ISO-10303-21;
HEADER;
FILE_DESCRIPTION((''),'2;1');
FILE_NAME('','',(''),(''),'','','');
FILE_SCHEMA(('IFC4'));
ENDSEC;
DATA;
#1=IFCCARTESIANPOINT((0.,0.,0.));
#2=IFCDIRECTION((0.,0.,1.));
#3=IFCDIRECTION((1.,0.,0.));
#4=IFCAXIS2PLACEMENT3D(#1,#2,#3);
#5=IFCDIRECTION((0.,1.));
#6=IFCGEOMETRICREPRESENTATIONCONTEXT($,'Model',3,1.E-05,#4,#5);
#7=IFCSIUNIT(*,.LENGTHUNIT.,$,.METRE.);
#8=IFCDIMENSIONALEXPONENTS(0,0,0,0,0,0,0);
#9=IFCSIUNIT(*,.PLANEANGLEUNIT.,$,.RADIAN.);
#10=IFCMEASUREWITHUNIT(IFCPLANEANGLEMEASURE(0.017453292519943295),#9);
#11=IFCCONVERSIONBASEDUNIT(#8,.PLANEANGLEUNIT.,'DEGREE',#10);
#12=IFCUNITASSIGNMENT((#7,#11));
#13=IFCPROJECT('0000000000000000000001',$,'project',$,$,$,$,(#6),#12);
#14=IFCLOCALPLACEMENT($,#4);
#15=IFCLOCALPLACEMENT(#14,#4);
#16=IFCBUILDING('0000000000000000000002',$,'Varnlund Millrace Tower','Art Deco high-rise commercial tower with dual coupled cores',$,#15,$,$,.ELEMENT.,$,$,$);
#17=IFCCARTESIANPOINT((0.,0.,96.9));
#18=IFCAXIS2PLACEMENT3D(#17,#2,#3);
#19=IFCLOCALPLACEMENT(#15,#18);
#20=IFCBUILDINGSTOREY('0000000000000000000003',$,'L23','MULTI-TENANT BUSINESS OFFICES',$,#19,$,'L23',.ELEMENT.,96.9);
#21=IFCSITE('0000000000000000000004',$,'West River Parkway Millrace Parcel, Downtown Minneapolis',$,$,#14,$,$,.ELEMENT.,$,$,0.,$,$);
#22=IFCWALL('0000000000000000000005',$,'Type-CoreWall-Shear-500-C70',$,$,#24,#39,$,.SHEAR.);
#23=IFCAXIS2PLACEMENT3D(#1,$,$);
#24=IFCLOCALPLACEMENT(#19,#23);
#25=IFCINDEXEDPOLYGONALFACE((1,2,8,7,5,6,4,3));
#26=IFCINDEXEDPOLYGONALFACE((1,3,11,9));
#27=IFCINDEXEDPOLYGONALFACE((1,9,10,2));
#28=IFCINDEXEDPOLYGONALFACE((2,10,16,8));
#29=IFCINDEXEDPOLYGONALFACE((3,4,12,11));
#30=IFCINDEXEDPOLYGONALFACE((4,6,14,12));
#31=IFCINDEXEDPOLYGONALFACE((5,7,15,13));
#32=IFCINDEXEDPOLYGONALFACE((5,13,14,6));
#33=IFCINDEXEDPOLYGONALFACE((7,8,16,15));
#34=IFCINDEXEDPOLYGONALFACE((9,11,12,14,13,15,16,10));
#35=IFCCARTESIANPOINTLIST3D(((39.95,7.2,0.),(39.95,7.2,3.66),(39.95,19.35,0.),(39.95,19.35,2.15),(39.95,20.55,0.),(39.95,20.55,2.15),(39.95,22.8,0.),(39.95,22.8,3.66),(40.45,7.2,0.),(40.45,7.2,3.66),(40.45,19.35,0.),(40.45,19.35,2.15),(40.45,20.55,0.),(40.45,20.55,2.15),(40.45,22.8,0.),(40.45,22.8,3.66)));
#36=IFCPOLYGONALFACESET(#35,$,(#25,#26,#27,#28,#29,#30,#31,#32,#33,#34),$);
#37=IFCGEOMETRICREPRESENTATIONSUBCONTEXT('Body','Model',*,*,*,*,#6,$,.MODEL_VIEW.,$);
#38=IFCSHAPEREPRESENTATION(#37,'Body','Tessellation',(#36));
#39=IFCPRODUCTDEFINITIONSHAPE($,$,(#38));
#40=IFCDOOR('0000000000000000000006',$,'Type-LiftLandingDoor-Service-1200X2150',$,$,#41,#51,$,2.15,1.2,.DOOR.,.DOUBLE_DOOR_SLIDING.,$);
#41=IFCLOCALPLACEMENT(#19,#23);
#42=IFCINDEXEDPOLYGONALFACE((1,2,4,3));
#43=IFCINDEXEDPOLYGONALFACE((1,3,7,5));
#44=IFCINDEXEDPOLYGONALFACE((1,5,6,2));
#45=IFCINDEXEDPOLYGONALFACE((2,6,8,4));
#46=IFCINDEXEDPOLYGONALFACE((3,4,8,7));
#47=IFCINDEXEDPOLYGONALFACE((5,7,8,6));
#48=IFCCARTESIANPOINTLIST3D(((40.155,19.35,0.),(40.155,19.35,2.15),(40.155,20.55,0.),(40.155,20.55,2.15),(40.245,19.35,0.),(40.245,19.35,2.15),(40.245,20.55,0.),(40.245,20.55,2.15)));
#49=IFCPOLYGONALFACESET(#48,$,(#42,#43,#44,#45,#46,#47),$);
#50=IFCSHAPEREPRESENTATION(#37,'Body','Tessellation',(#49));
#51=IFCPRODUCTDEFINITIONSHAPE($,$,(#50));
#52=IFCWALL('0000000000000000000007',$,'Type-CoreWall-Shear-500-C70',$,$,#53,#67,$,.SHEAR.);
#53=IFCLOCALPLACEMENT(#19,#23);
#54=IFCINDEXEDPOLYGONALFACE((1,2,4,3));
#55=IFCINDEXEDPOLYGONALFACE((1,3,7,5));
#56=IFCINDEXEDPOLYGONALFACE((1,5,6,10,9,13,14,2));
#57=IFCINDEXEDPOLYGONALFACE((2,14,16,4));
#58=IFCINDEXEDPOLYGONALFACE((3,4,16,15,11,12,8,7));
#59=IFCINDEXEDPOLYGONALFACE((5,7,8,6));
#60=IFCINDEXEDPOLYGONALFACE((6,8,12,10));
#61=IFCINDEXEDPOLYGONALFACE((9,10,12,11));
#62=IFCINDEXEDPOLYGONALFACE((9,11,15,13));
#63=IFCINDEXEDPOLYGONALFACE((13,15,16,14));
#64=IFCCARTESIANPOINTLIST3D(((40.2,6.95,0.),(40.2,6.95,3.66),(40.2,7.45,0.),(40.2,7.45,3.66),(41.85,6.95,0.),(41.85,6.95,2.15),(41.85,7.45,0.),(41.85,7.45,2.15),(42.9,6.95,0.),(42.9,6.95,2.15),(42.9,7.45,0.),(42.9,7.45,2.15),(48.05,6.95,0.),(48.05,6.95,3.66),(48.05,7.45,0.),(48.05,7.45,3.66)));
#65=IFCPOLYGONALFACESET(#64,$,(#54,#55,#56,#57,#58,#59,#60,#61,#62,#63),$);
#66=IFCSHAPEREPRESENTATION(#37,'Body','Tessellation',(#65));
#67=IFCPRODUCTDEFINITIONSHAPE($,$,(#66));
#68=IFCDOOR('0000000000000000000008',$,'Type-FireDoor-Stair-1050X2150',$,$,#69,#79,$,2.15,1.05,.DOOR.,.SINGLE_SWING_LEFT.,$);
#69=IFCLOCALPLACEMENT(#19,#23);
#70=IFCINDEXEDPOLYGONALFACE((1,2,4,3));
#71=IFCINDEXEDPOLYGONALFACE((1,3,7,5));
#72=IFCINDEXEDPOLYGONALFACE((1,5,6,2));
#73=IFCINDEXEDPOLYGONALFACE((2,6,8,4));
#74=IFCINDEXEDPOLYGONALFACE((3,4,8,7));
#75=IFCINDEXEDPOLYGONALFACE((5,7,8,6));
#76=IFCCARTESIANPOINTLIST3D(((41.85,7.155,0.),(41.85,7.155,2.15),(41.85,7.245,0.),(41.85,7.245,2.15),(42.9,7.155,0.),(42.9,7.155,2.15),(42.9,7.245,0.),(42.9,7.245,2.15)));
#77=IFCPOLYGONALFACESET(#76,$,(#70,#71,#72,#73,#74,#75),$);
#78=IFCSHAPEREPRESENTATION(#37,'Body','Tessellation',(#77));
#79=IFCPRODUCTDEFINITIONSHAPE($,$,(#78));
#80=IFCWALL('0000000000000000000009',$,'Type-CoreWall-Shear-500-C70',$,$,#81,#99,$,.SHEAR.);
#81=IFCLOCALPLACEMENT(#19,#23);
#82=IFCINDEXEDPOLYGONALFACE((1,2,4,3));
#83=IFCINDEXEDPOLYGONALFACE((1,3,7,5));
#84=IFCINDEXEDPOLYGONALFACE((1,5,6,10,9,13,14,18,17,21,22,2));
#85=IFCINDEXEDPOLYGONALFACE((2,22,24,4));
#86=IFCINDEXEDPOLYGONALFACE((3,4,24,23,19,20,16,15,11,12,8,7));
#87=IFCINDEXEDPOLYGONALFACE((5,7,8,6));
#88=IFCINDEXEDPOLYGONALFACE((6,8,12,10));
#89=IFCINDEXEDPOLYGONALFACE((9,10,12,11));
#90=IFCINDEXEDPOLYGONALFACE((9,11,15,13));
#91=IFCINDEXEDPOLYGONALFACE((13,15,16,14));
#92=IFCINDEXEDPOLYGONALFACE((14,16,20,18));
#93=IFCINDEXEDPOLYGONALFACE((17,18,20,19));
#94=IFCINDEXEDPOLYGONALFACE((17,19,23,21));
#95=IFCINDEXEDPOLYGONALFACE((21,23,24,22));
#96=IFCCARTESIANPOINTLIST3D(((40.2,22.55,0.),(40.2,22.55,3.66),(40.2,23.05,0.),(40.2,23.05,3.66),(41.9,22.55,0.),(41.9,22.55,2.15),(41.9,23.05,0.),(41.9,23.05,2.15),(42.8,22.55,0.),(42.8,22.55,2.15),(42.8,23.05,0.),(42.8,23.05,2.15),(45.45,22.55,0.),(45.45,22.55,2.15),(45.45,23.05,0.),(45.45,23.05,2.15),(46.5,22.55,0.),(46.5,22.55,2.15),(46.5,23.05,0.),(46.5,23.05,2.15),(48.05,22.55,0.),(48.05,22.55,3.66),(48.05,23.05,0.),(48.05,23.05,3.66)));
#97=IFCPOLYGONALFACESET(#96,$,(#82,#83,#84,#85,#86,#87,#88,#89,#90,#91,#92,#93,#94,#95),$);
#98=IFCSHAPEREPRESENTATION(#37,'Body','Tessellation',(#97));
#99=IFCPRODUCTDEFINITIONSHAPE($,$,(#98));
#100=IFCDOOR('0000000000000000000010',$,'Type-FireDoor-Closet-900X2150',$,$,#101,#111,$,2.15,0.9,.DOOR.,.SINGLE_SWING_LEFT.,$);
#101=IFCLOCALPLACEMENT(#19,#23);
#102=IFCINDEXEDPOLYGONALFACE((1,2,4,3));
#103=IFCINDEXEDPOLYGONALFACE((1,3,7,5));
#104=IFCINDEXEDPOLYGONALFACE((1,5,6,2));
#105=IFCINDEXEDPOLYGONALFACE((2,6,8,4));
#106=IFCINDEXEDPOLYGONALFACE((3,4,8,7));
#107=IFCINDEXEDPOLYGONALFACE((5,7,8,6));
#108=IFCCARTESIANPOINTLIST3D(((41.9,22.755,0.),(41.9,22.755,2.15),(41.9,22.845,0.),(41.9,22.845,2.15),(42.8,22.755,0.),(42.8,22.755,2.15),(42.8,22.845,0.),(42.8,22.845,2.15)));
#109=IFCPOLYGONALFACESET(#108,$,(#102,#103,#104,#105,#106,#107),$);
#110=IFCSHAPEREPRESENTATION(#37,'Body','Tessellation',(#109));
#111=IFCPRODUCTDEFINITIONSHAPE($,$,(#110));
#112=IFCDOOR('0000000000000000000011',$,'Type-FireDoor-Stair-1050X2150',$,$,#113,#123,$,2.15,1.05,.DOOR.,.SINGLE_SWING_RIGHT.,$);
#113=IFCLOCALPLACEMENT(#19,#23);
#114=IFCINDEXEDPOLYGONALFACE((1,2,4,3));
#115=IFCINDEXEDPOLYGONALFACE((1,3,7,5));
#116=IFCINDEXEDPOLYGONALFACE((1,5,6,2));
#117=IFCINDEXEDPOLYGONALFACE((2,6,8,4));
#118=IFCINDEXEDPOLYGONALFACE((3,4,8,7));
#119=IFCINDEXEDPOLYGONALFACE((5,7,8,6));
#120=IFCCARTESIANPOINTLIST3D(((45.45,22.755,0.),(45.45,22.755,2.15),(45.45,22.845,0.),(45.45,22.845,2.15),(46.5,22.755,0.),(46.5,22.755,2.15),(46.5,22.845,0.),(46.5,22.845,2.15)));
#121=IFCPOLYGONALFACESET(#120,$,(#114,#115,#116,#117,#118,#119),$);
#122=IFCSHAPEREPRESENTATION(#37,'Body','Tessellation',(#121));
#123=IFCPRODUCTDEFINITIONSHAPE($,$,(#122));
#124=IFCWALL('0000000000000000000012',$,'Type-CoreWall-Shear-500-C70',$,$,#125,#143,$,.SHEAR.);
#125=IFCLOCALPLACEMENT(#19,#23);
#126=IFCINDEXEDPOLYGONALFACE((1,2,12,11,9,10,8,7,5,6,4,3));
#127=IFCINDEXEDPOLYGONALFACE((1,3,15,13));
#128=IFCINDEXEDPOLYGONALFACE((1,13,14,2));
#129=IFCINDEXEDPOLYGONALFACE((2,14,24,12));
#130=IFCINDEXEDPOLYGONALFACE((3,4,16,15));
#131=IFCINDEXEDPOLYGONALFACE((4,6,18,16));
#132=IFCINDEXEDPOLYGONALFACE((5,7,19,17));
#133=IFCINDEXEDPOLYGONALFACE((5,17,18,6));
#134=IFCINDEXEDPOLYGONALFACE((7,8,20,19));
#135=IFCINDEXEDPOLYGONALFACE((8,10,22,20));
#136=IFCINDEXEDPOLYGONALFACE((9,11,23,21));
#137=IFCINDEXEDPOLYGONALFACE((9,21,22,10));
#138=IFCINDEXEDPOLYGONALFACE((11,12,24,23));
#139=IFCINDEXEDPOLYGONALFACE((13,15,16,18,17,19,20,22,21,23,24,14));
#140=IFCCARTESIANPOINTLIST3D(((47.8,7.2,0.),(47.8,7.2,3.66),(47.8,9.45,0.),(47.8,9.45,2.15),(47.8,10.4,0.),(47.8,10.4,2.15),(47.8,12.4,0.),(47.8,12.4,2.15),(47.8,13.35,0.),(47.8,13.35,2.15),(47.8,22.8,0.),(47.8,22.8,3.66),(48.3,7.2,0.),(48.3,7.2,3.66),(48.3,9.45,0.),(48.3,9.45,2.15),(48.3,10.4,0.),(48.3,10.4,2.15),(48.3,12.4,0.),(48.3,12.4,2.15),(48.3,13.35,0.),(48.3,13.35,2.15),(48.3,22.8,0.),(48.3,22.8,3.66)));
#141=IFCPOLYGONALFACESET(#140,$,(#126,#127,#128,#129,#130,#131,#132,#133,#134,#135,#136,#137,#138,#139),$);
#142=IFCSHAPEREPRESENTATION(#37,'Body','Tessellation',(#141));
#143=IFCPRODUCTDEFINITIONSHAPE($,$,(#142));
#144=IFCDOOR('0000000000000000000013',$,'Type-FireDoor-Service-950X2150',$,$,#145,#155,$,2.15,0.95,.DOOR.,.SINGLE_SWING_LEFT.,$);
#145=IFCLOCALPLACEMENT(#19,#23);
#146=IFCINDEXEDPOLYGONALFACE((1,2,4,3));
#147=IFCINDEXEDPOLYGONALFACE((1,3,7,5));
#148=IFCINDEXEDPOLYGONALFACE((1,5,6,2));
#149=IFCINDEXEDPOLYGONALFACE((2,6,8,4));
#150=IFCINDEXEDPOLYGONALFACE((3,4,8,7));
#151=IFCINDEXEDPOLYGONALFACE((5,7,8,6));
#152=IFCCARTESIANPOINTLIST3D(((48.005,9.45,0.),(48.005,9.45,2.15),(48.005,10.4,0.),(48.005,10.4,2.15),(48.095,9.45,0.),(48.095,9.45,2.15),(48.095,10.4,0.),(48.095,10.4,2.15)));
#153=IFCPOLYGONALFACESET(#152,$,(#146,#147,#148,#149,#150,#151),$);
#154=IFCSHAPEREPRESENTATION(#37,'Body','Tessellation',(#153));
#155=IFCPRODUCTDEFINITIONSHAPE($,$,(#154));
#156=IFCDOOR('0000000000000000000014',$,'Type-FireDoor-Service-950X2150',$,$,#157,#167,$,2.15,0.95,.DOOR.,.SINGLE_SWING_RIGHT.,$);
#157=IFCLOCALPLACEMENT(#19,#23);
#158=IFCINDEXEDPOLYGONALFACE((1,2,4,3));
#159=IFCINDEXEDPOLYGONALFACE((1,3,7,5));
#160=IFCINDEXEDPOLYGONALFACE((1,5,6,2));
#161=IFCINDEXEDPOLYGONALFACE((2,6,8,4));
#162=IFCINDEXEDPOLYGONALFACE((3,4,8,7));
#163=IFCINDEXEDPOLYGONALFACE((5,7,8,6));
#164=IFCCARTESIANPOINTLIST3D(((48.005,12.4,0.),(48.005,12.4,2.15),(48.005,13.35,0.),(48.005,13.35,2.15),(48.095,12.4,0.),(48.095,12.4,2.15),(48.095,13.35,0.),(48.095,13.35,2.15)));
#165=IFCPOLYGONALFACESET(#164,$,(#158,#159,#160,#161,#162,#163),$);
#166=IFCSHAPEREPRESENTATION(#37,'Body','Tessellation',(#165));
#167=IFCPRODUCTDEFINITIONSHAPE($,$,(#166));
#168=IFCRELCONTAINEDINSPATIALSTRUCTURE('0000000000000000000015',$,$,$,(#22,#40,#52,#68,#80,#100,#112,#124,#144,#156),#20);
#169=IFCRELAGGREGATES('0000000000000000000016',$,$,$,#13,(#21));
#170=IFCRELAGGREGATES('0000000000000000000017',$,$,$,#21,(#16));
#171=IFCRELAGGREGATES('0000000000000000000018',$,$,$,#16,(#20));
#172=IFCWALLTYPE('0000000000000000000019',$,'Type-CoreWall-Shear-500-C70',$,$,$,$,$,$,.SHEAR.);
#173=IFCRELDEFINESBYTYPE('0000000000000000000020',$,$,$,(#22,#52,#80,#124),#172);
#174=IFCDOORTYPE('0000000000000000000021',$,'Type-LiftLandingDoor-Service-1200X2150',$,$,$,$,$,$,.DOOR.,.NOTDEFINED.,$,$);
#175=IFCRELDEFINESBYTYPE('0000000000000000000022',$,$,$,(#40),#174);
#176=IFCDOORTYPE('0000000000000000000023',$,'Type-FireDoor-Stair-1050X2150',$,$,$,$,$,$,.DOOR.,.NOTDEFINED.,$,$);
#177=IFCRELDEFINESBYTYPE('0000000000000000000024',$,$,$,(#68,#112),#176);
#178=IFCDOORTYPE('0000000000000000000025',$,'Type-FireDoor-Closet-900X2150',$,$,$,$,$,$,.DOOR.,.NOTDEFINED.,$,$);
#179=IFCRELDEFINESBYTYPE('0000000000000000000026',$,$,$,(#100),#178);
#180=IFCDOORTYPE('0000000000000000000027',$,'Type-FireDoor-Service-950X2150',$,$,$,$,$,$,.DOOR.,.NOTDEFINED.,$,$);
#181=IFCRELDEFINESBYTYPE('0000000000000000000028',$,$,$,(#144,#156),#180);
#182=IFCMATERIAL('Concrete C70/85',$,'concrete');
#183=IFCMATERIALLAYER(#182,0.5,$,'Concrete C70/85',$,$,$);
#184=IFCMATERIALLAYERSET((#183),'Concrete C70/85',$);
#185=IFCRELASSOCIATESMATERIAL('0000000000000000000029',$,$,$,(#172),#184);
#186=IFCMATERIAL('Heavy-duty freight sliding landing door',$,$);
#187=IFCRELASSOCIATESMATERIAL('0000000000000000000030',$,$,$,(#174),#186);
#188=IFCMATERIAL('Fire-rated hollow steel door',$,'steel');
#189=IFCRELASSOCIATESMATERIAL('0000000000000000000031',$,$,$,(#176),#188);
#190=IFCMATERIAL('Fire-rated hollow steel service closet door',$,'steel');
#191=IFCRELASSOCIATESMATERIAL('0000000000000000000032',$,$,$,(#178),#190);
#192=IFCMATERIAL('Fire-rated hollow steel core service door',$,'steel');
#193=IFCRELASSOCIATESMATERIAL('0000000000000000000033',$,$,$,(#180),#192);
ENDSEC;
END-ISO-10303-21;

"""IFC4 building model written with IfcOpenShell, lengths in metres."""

from ifc_helpers import new_model, entity, si_unit, converted_unit, direction, frame, origin_with_axes, origin_2d_with_axis, place, context, subcontext, project, spatial, polyline, rectangle, outline, extrude, material, layer, layer_set, type_object, element, fill, save


model = new_model("IFC4")

# Units and contexts
model_context = context("Model", 3, precision=1e-05, world=origin_with_axes(), true_north=direction((0.0, 1.0)))
body_context = subcontext(model_context, "Body", "Model", "MODEL_VIEW")
ifc_project = project(units=[si_unit("LENGTHUNIT", "METRE"), converted_unit("PLANEANGLEUNIT", "DEGREE", entity("IfcPlaneAngleMeasure", 0.017453292519943295), si_unit("PLANEANGLEUNIT", "RADIAN"), dimensions=[0, 0, 0, 0, 0, 0, 0])], contexts=[model_context])

# Site, building, storey
site_placement = place(None, origin_with_axes())
site = spatial("IfcSite", under=ifc_project, at=site_placement, Name="West River Parkway Millrace Parcel, Downtown Minneapolis", CompositionType="ELEMENT", RefElevation=0.0)
building_placement = place(site_placement, origin_with_axes())
building = spatial("IfcBuilding", under=site, at=building_placement, Name="Varnlund Millrace Tower", Description="Art Deco high-rise commercial tower with dual coupled cores", CompositionType="ELEMENT")
storey_placement = place(building_placement, frame((0.0, 0.0, 96.9), z_axis=(0.0, 0.0, 1.0), x_axis=(1.0, 0.0, 0.0)))
storey = spatial("IfcBuildingStorey", under=building, at=storey_placement, Name="L23", Description="MULTI-TENANT BUSINESS OFFICES", LongName="L23", CompositionType="ELEMENT", Elevation=96.9)

# Walls, openings, doors
ifc_material_1 = material(Name="Concrete C70/85", Category="concrete")
ifc_layer_1 = layer(ifc_material_1, 0.5, Name="Concrete C70/85")
ifc_layer_set_1 = layer_set([ifc_layer_1], Name="Concrete C70/85")
wall_type_1 = type_object("IfcWallType", Name="Type-CoreWall-Shear-500-C70", PredefinedType="SHEAR", material=ifc_layer_set_1)
wall_1_placement = place(storey_placement, frame((40.2, 7.2, 0.0), z_axis=(0.0, 0.0, 1.0), x_axis=(0.0, 1.0, 0.0)))
wall_1 = element("IfcWall", 1, at=wall_1_placement, inside=storey, type_object=wall_type_1, Name="Type-CoreWall-Shear-500-C70", PredefinedType="SHEAR", context=body_context, shape_type="SweptSolid", body=[
    extrude(outline(polyline([(0.0, -0.25), (15.6, -0.25), (15.6, 0.25), (0.0, 0.25), (0.0, -0.25)])), origin_with_axes(), (0.0, 0.0, 1.0), 3.66),
])
opening_1_placement = place(wall_1_placement, frame((12.75, 0.0, 0.0), z_axis=(0.0, 0.0, 1.0), x_axis=(1.0, 0.0, 0.0)))
opening_1 = element("IfcOpeningElement", 2, at=opening_1_placement, cuts=wall_1, PredefinedType="OPENING", context=body_context, shape_type="SweptSolid", body=[
    extrude(rectangle(XDim=1.2, YDim=0.52, at=origin_2d_with_axis()), origin_with_axes(), (0.0, 0.0, 1.0), 2.15),
])
ifc_material_2 = material(Name="Heavy-duty freight sliding landing door")
door_type_1 = type_object("IfcDoorType", Name="Type-LiftLandingDoor-Service-1200X2150", OperationType="NOTDEFINED", PredefinedType="DOOR", material=ifc_material_2)
door_1_placement = place(wall_1_placement, frame((12.75, 0.0, 0.0), z_axis=(0.0, 0.0, 1.0), x_axis=(1.0, 0.0, 0.0)))
door_1 = element("IfcDoor", 3, at=door_1_placement, inside=storey, type_object=door_type_1, Name="Type-LiftLandingDoor-Service-1200X2150", OperationType="DOUBLE_DOOR_SLIDING", OverallHeight=2.15, OverallWidth=1.2, PredefinedType="DOOR", context=body_context, shape_type="SweptSolid", body=[
    extrude(rectangle(XDim=1.2, YDim=0.09, at=origin_2d_with_axis()), origin_with_axes(), (0.0, 0.0, 1.0), 2.15),
])
fill(opening_1, door_1)
wall_2_placement = place(storey_placement, frame((40.2, 7.2, 0.0), z_axis=(0.0, 0.0, 1.0), x_axis=(1.0, 0.0, 0.0)))
wall_2 = element("IfcWall", 4, at=wall_2_placement, inside=storey, type_object=wall_type_1, Name="Type-CoreWall-Shear-500-C70", PredefinedType="SHEAR", context=body_context, shape_type="SweptSolid", body=[
    extrude(outline(polyline([(0.0, -0.25), (7.85, -0.25), (7.85, 0.25), (0.0, 0.25), (0.0, -0.25)])), origin_with_axes(), (0.0, 0.0, 1.0), 3.66),
])
opening_2_placement = place(wall_2_placement, frame((2.175, 0.0, 0.0), z_axis=(0.0, 0.0, 1.0), x_axis=(1.0, 0.0, 0.0)))
opening_2 = element("IfcOpeningElement", 5, at=opening_2_placement, cuts=wall_2, PredefinedType="OPENING", context=body_context, shape_type="SweptSolid", body=[
    extrude(rectangle(XDim=1.05, YDim=0.52, at=origin_2d_with_axis()), origin_with_axes(), (0.0, 0.0, 1.0), 2.15),
])
ifc_material_3 = material(Name="Fire-rated hollow steel door", Category="steel")
door_type_2 = type_object("IfcDoorType", Name="Type-FireDoor-Stair-1050X2150", OperationType="NOTDEFINED", PredefinedType="DOOR", material=ifc_material_3)
door_2_placement = place(wall_2_placement, frame((2.175, 0.0, 0.0), z_axis=(0.0, 0.0, 1.0), x_axis=(1.0, 0.0, 0.0)))
door_2 = element("IfcDoor", 6, at=door_2_placement, inside=storey, type_object=door_type_2, Name="Type-FireDoor-Stair-1050X2150", OperationType="SINGLE_SWING_LEFT", OverallHeight=2.15, OverallWidth=1.05, PredefinedType="DOOR", context=body_context, shape_type="SweptSolid", body=[
    extrude(rectangle(XDim=1.05, YDim=0.09, at=origin_2d_with_axis()), origin_with_axes(), (0.0, 0.0, 1.0), 2.15),
])
fill(opening_2, door_2)

# Walls, openings, doors
wall_3_placement = place(storey_placement, frame((40.2, 22.8, 0.0), z_axis=(0.0, 0.0, 1.0), x_axis=(1.0, 0.0, 0.0)))
wall_3 = element("IfcWall", 7, at=wall_3_placement, inside=storey, type_object=wall_type_1, Name="Type-CoreWall-Shear-500-C70", PredefinedType="SHEAR", context=body_context, shape_type="SweptSolid", body=[
    extrude(outline(polyline([(0.0, -0.25), (7.85, -0.25), (7.85, 0.25), (0.0, 0.25), (0.0, -0.25)])), origin_with_axes(), (0.0, 0.0, 1.0), 3.66),
])
opening_3_placement = place(wall_3_placement, frame((5.775, 0.0, 0.0), z_axis=(0.0, 0.0, 1.0), x_axis=(1.0, 0.0, 0.0)))
opening_3 = element("IfcOpeningElement", 8, at=opening_3_placement, cuts=wall_3, PredefinedType="OPENING", context=body_context, shape_type="SweptSolid", body=[
    extrude(rectangle(XDim=1.05, YDim=0.52, at=origin_2d_with_axis()), origin_with_axes(), (0.0, 0.0, 1.0), 2.15),
])
opening_4_placement = place(wall_3_placement, frame((2.15, 0.0, 0.0), z_axis=(0.0, 0.0, 1.0), x_axis=(1.0, 0.0, 0.0)))
opening_4 = element("IfcOpeningElement", 9, at=opening_4_placement, cuts=wall_3, PredefinedType="OPENING", context=body_context, shape_type="SweptSolid", body=[
    extrude(rectangle(XDim=0.9, YDim=0.52, at=origin_2d_with_axis()), origin_with_axes(), (0.0, 0.0, 1.0), 2.15),
])
ifc_material_4 = material(Name="Fire-rated hollow steel service closet door", Category="steel")
door_type_3 = type_object("IfcDoorType", Name="Type-FireDoor-Closet-900X2150", OperationType="NOTDEFINED", PredefinedType="DOOR", material=ifc_material_4)
door_3_placement = place(wall_3_placement, frame((2.15, 0.0, 0.0), z_axis=(0.0, 0.0, 1.0), x_axis=(1.0, 0.0, 0.0)))
door_3 = element("IfcDoor", 10, at=door_3_placement, inside=storey, type_object=door_type_3, Name="Type-FireDoor-Closet-900X2150", OperationType="SINGLE_SWING_LEFT", OverallHeight=2.15, OverallWidth=0.9, PredefinedType="DOOR", context=body_context, shape_type="SweptSolid", body=[
    extrude(rectangle(XDim=0.9, YDim=0.09, at=origin_2d_with_axis()), origin_with_axes(), (0.0, 0.0, 1.0), 2.15),
])
fill(opening_4, door_3)
door_4_placement = place(wall_3_placement, frame((5.775, 0.0, 0.0), z_axis=(0.0, 0.0, 1.0), x_axis=(1.0, 0.0, 0.0)))
door_4 = element("IfcDoor", 11, at=door_4_placement, inside=storey, type_object=door_type_2, Name="Type-FireDoor-Stair-1050X2150", OperationType="SINGLE_SWING_RIGHT", OverallHeight=2.15, OverallWidth=1.05, PredefinedType="DOOR", context=body_context, shape_type="SweptSolid", body=[
    extrude(rectangle(XDim=1.05, YDim=0.09, at=origin_2d_with_axis()), origin_with_axes(), (0.0, 0.0, 1.0), 2.15),
])
fill(opening_3, door_4)
wall_4_placement = place(storey_placement, frame((48.05, 7.2, 0.0), z_axis=(0.0, 0.0, 1.0), x_axis=(0.0, 1.0, 0.0)))
wall_4 = element("IfcWall", 12, at=wall_4_placement, inside=storey, type_object=wall_type_1, Name="Type-CoreWall-Shear-500-C70", PredefinedType="SHEAR", context=body_context, shape_type="SweptSolid", body=[
    extrude(outline(polyline([(0.0, -0.25), (15.6, -0.25), (15.6, 0.25), (0.0, 0.25), (0.0, -0.25)])), origin_with_axes(), (0.0, 0.0, 1.0), 3.66),
])
opening_5_placement = place(wall_4_placement, frame((2.725, 0.0, 0.0), z_axis=(0.0, 0.0, 1.0), x_axis=(1.0, 0.0, 0.0)))
opening_5 = element("IfcOpeningElement", 13, at=opening_5_placement, cuts=wall_4, PredefinedType="OPENING", context=body_context, shape_type="SweptSolid", body=[
    extrude(rectangle(XDim=0.95, YDim=0.52, at=origin_2d_with_axis()), origin_with_axes(), (0.0, 0.0, 1.0), 2.15),
])
opening_6_placement = place(wall_4_placement, frame((5.675, 0.0, 0.0), z_axis=(0.0, 0.0, 1.0), x_axis=(1.0, 0.0, 0.0)))
opening_6 = element("IfcOpeningElement", 14, at=opening_6_placement, cuts=wall_4, PredefinedType="OPENING", context=body_context, shape_type="SweptSolid", body=[
    extrude(rectangle(XDim=0.95, YDim=0.52, at=origin_2d_with_axis()), origin_with_axes(), (0.0, 0.0, 1.0), 2.15),
])
ifc_material_5 = material(Name="Fire-rated hollow steel core service door", Category="steel")
door_type_4 = type_object("IfcDoorType", Name="Type-FireDoor-Service-950X2150", OperationType="NOTDEFINED", PredefinedType="DOOR", material=ifc_material_5)
door_5_placement = place(wall_4_placement, frame((2.725, 0.0, 0.0), z_axis=(0.0, 0.0, 1.0), x_axis=(1.0, 0.0, 0.0)))
door_5 = element("IfcDoor", 15, at=door_5_placement, inside=storey, type_object=door_type_4, Name="Type-FireDoor-Service-950X2150", OperationType="SINGLE_SWING_LEFT", OverallHeight=2.15, OverallWidth=0.95, PredefinedType="DOOR", context=body_context, shape_type="SweptSolid", body=[
    extrude(rectangle(XDim=0.95, YDim=0.09, at=origin_2d_with_axis()), origin_with_axes(), (0.0, 0.0, 1.0), 2.15),
])
fill(opening_5, door_5)
door_6_placement = place(wall_4_placement, frame((5.675, 0.0, 0.0), z_axis=(0.0, 0.0, 1.0), x_axis=(1.0, 0.0, 0.0)))
door_6 = element("IfcDoor", 16, at=door_6_placement, inside=storey, type_object=door_type_4, Name="Type-FireDoor-Service-950X2150", OperationType="SINGLE_SWING_RIGHT", OverallHeight=2.15, OverallWidth=0.95, PredefinedType="DOOR", context=body_context, shape_type="SweptSolid", body=[
    extrude(rectangle(XDim=0.95, YDim=0.09, at=origin_2d_with_axis()), origin_with_axes(), (0.0, 0.0, 1.0), 2.15),
])
fill(opening_6, door_6)

save(model, "model.ifc")
